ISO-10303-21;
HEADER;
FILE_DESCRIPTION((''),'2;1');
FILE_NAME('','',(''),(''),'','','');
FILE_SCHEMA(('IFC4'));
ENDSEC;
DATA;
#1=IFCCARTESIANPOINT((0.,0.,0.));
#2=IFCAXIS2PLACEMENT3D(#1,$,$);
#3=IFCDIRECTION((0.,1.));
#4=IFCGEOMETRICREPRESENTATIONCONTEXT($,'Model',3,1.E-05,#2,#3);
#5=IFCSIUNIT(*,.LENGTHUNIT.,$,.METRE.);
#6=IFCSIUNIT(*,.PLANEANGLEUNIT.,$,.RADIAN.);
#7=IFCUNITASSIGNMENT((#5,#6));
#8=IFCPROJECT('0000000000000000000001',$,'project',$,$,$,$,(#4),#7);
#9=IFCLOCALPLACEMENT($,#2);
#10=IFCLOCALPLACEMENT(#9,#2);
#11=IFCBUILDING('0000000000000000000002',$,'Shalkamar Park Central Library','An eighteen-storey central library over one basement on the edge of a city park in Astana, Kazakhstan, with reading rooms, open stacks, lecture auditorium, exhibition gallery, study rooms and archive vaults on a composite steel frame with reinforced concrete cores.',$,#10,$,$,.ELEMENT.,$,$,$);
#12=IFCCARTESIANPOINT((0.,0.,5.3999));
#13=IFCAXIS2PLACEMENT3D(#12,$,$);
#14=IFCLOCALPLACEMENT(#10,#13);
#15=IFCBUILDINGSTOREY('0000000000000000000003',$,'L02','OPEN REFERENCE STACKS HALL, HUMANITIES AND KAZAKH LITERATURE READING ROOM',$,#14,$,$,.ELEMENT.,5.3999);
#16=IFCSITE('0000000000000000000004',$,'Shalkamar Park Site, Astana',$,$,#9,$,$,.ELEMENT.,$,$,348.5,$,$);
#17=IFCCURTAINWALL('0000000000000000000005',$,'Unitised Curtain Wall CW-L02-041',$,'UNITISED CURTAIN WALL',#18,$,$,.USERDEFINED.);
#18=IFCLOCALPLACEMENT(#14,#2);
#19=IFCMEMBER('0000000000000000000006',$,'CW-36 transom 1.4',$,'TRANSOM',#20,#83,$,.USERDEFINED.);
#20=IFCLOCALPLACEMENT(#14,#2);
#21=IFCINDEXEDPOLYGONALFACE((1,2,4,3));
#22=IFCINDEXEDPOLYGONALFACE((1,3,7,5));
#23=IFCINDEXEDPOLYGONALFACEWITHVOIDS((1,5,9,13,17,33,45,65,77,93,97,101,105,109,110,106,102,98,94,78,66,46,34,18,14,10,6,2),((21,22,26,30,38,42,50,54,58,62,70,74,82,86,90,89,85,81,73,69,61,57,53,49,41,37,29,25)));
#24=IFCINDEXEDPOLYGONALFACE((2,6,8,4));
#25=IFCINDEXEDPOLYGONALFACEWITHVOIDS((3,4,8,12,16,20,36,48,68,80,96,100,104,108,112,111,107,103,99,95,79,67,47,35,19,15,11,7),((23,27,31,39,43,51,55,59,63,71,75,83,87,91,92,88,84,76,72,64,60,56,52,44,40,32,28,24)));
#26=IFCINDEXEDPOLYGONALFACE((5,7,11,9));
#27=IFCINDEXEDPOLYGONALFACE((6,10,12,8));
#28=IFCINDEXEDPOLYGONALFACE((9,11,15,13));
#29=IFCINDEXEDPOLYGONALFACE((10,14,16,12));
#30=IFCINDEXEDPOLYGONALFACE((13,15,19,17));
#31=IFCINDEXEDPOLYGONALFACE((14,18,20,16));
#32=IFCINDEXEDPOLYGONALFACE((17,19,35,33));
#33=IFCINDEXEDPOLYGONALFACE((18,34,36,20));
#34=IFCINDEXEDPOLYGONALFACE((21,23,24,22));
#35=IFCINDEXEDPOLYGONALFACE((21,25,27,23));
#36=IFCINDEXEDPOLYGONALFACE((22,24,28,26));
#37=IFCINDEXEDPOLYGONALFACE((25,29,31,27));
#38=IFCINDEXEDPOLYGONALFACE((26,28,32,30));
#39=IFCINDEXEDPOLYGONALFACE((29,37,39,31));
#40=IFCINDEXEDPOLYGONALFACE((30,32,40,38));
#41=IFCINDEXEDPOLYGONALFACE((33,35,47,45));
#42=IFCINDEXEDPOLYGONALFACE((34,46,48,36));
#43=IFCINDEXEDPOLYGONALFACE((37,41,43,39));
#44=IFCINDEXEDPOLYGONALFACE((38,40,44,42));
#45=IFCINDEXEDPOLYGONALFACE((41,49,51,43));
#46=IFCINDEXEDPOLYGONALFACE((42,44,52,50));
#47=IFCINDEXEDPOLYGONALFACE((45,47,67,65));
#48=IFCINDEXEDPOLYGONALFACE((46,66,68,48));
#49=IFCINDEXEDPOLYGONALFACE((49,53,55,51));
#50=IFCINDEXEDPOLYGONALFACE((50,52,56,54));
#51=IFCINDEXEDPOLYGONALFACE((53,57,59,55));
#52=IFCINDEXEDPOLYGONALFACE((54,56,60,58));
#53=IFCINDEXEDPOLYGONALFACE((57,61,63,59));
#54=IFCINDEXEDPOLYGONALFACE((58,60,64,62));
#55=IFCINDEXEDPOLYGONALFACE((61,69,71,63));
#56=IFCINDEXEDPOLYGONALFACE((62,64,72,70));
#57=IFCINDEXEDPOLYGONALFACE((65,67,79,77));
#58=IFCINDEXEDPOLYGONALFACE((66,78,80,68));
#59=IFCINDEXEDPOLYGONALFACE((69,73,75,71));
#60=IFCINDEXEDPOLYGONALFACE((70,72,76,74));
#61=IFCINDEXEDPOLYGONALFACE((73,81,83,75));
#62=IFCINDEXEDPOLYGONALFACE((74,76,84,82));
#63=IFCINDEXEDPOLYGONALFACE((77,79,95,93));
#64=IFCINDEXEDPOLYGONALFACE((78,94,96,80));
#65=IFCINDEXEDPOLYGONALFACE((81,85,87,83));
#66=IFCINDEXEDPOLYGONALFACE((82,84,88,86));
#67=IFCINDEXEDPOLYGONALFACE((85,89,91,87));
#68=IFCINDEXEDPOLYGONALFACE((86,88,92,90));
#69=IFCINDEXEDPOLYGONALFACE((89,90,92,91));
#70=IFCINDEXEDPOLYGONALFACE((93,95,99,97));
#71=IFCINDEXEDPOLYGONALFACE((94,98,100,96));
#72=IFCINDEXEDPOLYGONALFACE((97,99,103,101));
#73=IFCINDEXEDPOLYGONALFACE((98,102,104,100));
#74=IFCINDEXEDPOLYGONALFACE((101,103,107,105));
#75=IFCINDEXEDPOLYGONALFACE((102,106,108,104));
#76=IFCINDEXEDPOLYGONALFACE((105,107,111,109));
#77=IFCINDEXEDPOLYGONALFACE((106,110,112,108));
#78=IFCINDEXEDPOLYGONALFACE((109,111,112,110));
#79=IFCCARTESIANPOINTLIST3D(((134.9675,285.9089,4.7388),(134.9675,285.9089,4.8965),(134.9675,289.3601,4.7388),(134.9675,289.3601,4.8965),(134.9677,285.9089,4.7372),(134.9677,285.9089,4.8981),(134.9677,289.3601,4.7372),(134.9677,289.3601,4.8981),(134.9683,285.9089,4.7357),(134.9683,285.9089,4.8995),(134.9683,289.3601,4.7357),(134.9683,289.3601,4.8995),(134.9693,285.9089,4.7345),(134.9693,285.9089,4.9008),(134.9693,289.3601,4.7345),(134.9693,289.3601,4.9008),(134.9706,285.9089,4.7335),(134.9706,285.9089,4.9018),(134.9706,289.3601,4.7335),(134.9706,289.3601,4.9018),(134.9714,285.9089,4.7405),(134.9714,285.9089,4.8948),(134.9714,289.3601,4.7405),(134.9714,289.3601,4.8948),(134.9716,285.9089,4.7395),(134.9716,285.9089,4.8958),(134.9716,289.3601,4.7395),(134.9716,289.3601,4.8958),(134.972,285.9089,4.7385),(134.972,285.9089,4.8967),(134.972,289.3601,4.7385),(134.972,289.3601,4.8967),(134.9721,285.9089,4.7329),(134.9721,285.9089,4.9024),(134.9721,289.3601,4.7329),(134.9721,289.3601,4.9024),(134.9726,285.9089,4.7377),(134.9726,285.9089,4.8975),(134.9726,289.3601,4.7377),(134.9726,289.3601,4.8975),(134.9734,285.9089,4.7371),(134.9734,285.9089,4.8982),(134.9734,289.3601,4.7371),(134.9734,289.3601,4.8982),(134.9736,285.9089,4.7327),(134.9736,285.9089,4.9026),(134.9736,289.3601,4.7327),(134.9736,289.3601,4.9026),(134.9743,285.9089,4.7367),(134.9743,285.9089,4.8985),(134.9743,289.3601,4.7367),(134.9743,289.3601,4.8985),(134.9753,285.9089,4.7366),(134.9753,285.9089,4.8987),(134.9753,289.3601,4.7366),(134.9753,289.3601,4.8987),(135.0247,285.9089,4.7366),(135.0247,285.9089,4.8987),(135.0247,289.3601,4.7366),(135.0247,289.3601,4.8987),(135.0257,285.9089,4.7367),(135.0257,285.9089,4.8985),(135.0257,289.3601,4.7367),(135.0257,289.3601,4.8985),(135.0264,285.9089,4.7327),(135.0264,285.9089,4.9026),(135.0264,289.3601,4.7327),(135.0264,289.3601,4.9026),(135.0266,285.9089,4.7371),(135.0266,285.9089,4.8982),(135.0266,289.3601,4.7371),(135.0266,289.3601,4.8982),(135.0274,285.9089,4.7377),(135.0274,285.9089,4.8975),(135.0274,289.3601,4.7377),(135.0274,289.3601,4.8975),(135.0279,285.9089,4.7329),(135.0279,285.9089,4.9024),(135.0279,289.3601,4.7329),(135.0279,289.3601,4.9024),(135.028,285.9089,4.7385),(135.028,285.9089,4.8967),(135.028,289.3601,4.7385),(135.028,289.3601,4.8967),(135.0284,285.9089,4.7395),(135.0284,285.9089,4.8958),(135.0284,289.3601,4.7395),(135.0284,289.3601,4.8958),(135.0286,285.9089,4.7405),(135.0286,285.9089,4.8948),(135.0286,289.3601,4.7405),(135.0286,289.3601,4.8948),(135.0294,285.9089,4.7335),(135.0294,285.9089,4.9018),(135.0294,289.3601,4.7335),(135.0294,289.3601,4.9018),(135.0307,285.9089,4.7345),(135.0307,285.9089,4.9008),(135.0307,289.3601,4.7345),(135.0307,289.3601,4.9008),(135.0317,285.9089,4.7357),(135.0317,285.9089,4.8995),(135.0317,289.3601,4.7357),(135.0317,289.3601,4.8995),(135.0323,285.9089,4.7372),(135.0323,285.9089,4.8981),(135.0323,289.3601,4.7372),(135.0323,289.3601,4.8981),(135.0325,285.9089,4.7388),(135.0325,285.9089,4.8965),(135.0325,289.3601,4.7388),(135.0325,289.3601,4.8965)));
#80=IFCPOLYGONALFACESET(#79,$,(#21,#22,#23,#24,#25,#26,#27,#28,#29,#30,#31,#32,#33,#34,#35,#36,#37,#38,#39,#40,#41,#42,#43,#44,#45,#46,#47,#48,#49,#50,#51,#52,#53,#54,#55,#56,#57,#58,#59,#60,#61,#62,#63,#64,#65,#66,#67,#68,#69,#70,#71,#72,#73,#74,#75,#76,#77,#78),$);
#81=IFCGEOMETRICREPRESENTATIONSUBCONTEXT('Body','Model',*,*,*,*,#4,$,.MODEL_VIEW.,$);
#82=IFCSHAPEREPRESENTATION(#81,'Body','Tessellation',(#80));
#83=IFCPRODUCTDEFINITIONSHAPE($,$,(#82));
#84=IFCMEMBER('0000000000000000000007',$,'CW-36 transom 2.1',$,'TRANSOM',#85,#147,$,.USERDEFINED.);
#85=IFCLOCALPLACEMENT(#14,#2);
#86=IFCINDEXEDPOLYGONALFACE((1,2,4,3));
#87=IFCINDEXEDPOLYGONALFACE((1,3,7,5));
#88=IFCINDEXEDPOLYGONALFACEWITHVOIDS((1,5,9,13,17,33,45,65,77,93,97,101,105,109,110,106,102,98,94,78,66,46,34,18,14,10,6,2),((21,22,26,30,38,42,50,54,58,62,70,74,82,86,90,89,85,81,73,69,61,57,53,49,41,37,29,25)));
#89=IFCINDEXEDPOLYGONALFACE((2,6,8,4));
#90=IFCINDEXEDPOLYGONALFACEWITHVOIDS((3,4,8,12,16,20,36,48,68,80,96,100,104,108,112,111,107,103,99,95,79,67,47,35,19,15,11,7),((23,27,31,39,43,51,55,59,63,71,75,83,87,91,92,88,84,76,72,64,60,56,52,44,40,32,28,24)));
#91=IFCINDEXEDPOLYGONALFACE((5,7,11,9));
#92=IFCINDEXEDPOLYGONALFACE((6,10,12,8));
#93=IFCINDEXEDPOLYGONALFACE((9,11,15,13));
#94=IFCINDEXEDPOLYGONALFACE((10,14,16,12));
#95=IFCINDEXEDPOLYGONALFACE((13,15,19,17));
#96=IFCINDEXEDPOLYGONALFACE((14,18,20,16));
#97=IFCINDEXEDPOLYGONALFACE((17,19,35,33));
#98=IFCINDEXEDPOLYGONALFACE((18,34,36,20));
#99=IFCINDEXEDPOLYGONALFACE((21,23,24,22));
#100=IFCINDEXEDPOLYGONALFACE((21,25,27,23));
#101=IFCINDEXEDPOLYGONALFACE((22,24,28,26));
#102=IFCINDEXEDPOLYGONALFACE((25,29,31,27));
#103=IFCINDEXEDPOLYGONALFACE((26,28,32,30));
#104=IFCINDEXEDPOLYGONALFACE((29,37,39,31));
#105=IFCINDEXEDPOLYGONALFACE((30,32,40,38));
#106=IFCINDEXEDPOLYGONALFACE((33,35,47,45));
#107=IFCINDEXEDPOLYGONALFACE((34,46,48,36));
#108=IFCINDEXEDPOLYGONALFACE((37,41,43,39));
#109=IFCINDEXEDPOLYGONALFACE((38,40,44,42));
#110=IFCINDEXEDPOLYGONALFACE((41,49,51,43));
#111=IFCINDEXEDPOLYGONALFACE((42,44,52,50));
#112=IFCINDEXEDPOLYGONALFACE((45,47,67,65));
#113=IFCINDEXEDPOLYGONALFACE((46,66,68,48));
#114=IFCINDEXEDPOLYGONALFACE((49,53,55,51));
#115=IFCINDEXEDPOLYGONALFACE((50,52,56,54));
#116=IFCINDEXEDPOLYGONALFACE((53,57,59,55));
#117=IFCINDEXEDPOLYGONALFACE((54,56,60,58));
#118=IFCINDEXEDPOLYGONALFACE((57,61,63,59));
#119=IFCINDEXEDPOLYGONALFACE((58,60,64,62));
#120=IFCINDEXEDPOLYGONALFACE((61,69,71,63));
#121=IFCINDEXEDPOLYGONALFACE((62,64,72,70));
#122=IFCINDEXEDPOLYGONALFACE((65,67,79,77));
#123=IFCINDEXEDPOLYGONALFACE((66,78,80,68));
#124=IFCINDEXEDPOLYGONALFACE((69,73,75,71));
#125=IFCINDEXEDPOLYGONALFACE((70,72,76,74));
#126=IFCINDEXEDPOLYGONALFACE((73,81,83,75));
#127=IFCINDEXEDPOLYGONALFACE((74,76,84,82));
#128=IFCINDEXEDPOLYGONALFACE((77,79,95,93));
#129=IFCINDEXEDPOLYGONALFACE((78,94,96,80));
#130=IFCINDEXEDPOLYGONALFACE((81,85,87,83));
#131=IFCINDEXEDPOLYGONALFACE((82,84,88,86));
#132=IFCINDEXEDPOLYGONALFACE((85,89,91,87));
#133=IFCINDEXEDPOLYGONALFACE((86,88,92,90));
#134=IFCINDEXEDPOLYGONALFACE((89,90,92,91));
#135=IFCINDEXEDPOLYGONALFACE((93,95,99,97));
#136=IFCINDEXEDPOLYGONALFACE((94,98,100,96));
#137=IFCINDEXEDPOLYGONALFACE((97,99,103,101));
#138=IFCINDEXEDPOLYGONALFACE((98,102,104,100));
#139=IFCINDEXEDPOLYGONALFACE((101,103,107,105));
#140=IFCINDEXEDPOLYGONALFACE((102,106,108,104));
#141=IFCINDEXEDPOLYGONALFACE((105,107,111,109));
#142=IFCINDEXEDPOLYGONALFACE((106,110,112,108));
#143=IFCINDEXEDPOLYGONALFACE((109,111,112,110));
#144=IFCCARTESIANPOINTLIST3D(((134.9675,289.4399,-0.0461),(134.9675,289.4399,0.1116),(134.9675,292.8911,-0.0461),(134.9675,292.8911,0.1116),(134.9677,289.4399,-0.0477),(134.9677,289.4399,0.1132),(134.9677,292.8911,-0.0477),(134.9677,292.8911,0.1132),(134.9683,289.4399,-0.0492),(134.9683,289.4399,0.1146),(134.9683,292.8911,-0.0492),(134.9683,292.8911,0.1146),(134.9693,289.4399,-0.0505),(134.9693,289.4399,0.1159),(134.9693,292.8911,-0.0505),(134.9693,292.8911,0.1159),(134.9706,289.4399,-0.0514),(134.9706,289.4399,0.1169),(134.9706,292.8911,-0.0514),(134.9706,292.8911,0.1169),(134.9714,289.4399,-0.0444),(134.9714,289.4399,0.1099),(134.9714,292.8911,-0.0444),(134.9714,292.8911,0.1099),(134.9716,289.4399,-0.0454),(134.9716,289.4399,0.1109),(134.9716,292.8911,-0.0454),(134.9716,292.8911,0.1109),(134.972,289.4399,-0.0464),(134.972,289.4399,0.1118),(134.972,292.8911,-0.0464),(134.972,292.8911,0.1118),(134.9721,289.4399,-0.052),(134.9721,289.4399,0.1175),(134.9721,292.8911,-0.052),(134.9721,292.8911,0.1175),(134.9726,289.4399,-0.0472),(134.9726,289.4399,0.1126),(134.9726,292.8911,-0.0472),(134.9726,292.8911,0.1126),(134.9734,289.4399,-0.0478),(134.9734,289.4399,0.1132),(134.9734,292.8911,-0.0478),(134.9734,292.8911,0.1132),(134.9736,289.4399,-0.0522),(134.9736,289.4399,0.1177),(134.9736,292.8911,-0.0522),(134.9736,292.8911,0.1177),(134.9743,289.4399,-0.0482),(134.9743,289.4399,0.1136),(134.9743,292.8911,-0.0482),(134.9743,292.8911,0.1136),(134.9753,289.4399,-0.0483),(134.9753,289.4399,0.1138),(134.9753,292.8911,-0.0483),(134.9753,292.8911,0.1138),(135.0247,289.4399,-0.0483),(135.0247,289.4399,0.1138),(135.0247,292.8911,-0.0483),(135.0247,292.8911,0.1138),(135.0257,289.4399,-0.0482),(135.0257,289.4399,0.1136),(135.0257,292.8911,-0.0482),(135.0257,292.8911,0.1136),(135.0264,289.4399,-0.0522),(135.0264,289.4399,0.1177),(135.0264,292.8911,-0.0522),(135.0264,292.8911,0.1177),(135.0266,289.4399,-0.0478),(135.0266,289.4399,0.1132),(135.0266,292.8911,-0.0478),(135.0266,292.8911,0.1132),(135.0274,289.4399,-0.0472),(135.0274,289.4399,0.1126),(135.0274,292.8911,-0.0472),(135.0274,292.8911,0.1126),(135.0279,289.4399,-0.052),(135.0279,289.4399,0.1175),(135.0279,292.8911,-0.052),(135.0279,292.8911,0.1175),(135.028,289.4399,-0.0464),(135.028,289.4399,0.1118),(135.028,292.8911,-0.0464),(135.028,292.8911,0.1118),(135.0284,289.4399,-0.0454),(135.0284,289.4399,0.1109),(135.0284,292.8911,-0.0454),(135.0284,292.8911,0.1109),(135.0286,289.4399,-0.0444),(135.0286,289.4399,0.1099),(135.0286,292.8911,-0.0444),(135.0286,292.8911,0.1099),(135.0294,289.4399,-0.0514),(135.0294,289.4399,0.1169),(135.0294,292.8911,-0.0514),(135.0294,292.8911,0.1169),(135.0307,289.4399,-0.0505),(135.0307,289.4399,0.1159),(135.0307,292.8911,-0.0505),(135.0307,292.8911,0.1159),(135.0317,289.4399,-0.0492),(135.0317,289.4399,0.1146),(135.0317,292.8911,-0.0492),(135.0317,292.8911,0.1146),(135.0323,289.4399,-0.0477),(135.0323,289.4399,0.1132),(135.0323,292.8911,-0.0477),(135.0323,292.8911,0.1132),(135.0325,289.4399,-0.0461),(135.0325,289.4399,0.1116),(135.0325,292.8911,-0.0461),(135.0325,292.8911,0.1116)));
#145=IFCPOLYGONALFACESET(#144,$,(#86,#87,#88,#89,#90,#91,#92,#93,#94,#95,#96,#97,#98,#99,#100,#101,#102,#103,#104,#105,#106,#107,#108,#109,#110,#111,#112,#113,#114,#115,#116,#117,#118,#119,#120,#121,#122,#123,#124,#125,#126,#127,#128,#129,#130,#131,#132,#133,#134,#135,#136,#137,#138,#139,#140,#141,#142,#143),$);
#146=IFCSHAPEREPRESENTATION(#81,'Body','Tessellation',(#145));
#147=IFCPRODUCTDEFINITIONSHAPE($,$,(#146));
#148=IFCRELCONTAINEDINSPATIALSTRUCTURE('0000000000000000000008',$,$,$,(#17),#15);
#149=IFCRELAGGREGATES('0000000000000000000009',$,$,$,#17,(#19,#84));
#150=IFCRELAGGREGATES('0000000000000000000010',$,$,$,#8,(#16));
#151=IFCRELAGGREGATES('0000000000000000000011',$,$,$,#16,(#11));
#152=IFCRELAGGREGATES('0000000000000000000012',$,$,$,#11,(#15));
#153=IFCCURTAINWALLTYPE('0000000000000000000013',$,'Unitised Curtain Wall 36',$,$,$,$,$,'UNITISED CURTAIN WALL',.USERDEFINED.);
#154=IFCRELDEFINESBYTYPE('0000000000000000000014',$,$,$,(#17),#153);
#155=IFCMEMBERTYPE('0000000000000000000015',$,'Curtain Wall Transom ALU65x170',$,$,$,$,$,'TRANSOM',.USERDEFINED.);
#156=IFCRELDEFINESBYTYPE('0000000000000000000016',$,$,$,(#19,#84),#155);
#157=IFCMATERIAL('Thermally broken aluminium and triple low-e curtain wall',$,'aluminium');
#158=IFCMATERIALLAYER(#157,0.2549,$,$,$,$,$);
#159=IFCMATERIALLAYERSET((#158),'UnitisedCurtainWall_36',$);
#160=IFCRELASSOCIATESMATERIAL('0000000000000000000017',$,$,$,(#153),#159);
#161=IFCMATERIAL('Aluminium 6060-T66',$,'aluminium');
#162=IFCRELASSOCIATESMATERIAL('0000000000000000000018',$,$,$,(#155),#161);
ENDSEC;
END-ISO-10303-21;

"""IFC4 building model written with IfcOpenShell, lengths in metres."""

from ifc_helpers import new_model, si_unit, direction, frame, origin, origin_2d, place, context, subcontext, project, spatial, hollow_rectangle, extrude, material, layer, layer_set, material_profile, profile_set, type_object, element, aggregate, save


model = new_model("IFC4")

# Units and contexts
model_context = context("Model", 3, precision=1e-05, world=origin(), true_north=direction((0.0, 1.0)))
body_context = subcontext(model_context, "Body", "Model", "MODEL_VIEW")
ifc_project = project(units=[si_unit("LENGTHUNIT", "METRE"), si_unit("PLANEANGLEUNIT", "RADIAN")], contexts=[model_context])

# Site, building, storey
site_placement = place(None, origin())
site = spatial("IfcSite", under=ifc_project, at=site_placement, Name="Shalkamar Park Site, Astana", CompositionType="ELEMENT", RefElevation=348.5)
building_placement = place(site_placement, origin())
building = spatial("IfcBuilding", under=site, at=building_placement, Name="Shalkamar Park Central Library", Description="An eighteen-storey central library over one basement on the edge of a city park in Astana, Kazakhstan, with reading rooms, open stacks, lecture auditorium, exhibition gallery, study rooms and archive vaults on a composite steel frame with reinforced concrete cores.", CompositionType="ELEMENT")
storey_placement = place(building_placement, frame((0.0, 0.0, 5.3999)))
storey = spatial("IfcBuildingStorey", under=building, at=storey_placement, Name="L02", Description="OPEN REFERENCE STACKS HALL, HUMANITIES AND KAZAKH LITERATURE READING ROOM", CompositionType="ELEMENT", Elevation=5.3999)

# Curtain wall, members
ifc_material_1 = material(Name="Thermally broken aluminium and triple low-e curtain wall", Category="aluminium")
ifc_layer_1 = layer(ifc_material_1, 0.2549)
ifc_layer_set_1 = layer_set([ifc_layer_1], Name="UnitisedCurtainWall_36")
curtain_wall_type = type_object("IfcCurtainWallType", Name="Unitised Curtain Wall 36", ElementType="UNITISED CURTAIN WALL", PredefinedType="USERDEFINED", material=ifc_layer_set_1)
curtain_wall_placement = place(storey_placement, origin())
curtain_wall = element("IfcCurtainWall", 1, at=curtain_wall_placement, inside=storey, type_object=curtain_wall_type, Name="Unitised Curtain Wall CW-L02-041", ObjectType="UNITISED CURTAIN WALL", PredefinedType="USERDEFINED")
ifc_material_2 = material(Name="Aluminium 6060-T66", Category="aluminium")
ifc_material_profile_1 = material_profile(ifc_material_2, hollow_rectangle(XDim=0.0649, YDim=0.1699, WallThickness=0.0039, InnerFilletRadius=0.0039, OuterFilletRadius=0.0061, at=origin_2d()), Name="ALU 65x170x4")
ifc_profile_set_1 = profile_set([ifc_material_profile_1], Name="Aluminium 6060-T66")
member_type_1 = type_object("IfcMemberType", Name="Curtain Wall Transom ALU65x170", ElementType="TRANSOM", PredefinedType="USERDEFINED", material=ifc_profile_set_1)
member_1_placement = place(storey_placement, frame((135.0, 285.9089, 4.8176), z_axis=(0.0, 1.0, 0.0), x_axis=(-1.0, 0.0, 0.0)))
member_1 = element("IfcMember", 2, at=member_1_placement, type_object=member_type_1, Name="CW-36 transom 1.4", ObjectType="TRANSOM", PredefinedType="USERDEFINED", context=body_context, shape_type="SweptSolid", body=[
    extrude(hollow_rectangle(XDim=0.0649, YDim=0.1699, WallThickness=0.0039, InnerFilletRadius=0.0039, OuterFilletRadius=0.0061, at=origin_2d()), origin(), (0.0, 0.0, 1.0), 3.4512),
])
member_2_placement = place(storey_placement, frame((135.0, 289.4399, 0.0327), z_axis=(0.0, 1.0, 0.0), x_axis=(-1.0, 0.0, 0.0)))
member_2 = element("IfcMember", 3, at=member_2_placement, type_object=member_type_1, Name="CW-36 transom 2.1", ObjectType="TRANSOM", PredefinedType="USERDEFINED", context=body_context, shape_type="SweptSolid", body=[
    extrude(hollow_rectangle(XDim=0.0649, YDim=0.1699, WallThickness=0.0039, InnerFilletRadius=0.0039, OuterFilletRadius=0.0061, at=origin_2d()), origin(), (0.0, 0.0, 1.0), 3.4512),
])

aggregate(curtain_wall, [member_1, member_2])

save(model, "model.ifc")
